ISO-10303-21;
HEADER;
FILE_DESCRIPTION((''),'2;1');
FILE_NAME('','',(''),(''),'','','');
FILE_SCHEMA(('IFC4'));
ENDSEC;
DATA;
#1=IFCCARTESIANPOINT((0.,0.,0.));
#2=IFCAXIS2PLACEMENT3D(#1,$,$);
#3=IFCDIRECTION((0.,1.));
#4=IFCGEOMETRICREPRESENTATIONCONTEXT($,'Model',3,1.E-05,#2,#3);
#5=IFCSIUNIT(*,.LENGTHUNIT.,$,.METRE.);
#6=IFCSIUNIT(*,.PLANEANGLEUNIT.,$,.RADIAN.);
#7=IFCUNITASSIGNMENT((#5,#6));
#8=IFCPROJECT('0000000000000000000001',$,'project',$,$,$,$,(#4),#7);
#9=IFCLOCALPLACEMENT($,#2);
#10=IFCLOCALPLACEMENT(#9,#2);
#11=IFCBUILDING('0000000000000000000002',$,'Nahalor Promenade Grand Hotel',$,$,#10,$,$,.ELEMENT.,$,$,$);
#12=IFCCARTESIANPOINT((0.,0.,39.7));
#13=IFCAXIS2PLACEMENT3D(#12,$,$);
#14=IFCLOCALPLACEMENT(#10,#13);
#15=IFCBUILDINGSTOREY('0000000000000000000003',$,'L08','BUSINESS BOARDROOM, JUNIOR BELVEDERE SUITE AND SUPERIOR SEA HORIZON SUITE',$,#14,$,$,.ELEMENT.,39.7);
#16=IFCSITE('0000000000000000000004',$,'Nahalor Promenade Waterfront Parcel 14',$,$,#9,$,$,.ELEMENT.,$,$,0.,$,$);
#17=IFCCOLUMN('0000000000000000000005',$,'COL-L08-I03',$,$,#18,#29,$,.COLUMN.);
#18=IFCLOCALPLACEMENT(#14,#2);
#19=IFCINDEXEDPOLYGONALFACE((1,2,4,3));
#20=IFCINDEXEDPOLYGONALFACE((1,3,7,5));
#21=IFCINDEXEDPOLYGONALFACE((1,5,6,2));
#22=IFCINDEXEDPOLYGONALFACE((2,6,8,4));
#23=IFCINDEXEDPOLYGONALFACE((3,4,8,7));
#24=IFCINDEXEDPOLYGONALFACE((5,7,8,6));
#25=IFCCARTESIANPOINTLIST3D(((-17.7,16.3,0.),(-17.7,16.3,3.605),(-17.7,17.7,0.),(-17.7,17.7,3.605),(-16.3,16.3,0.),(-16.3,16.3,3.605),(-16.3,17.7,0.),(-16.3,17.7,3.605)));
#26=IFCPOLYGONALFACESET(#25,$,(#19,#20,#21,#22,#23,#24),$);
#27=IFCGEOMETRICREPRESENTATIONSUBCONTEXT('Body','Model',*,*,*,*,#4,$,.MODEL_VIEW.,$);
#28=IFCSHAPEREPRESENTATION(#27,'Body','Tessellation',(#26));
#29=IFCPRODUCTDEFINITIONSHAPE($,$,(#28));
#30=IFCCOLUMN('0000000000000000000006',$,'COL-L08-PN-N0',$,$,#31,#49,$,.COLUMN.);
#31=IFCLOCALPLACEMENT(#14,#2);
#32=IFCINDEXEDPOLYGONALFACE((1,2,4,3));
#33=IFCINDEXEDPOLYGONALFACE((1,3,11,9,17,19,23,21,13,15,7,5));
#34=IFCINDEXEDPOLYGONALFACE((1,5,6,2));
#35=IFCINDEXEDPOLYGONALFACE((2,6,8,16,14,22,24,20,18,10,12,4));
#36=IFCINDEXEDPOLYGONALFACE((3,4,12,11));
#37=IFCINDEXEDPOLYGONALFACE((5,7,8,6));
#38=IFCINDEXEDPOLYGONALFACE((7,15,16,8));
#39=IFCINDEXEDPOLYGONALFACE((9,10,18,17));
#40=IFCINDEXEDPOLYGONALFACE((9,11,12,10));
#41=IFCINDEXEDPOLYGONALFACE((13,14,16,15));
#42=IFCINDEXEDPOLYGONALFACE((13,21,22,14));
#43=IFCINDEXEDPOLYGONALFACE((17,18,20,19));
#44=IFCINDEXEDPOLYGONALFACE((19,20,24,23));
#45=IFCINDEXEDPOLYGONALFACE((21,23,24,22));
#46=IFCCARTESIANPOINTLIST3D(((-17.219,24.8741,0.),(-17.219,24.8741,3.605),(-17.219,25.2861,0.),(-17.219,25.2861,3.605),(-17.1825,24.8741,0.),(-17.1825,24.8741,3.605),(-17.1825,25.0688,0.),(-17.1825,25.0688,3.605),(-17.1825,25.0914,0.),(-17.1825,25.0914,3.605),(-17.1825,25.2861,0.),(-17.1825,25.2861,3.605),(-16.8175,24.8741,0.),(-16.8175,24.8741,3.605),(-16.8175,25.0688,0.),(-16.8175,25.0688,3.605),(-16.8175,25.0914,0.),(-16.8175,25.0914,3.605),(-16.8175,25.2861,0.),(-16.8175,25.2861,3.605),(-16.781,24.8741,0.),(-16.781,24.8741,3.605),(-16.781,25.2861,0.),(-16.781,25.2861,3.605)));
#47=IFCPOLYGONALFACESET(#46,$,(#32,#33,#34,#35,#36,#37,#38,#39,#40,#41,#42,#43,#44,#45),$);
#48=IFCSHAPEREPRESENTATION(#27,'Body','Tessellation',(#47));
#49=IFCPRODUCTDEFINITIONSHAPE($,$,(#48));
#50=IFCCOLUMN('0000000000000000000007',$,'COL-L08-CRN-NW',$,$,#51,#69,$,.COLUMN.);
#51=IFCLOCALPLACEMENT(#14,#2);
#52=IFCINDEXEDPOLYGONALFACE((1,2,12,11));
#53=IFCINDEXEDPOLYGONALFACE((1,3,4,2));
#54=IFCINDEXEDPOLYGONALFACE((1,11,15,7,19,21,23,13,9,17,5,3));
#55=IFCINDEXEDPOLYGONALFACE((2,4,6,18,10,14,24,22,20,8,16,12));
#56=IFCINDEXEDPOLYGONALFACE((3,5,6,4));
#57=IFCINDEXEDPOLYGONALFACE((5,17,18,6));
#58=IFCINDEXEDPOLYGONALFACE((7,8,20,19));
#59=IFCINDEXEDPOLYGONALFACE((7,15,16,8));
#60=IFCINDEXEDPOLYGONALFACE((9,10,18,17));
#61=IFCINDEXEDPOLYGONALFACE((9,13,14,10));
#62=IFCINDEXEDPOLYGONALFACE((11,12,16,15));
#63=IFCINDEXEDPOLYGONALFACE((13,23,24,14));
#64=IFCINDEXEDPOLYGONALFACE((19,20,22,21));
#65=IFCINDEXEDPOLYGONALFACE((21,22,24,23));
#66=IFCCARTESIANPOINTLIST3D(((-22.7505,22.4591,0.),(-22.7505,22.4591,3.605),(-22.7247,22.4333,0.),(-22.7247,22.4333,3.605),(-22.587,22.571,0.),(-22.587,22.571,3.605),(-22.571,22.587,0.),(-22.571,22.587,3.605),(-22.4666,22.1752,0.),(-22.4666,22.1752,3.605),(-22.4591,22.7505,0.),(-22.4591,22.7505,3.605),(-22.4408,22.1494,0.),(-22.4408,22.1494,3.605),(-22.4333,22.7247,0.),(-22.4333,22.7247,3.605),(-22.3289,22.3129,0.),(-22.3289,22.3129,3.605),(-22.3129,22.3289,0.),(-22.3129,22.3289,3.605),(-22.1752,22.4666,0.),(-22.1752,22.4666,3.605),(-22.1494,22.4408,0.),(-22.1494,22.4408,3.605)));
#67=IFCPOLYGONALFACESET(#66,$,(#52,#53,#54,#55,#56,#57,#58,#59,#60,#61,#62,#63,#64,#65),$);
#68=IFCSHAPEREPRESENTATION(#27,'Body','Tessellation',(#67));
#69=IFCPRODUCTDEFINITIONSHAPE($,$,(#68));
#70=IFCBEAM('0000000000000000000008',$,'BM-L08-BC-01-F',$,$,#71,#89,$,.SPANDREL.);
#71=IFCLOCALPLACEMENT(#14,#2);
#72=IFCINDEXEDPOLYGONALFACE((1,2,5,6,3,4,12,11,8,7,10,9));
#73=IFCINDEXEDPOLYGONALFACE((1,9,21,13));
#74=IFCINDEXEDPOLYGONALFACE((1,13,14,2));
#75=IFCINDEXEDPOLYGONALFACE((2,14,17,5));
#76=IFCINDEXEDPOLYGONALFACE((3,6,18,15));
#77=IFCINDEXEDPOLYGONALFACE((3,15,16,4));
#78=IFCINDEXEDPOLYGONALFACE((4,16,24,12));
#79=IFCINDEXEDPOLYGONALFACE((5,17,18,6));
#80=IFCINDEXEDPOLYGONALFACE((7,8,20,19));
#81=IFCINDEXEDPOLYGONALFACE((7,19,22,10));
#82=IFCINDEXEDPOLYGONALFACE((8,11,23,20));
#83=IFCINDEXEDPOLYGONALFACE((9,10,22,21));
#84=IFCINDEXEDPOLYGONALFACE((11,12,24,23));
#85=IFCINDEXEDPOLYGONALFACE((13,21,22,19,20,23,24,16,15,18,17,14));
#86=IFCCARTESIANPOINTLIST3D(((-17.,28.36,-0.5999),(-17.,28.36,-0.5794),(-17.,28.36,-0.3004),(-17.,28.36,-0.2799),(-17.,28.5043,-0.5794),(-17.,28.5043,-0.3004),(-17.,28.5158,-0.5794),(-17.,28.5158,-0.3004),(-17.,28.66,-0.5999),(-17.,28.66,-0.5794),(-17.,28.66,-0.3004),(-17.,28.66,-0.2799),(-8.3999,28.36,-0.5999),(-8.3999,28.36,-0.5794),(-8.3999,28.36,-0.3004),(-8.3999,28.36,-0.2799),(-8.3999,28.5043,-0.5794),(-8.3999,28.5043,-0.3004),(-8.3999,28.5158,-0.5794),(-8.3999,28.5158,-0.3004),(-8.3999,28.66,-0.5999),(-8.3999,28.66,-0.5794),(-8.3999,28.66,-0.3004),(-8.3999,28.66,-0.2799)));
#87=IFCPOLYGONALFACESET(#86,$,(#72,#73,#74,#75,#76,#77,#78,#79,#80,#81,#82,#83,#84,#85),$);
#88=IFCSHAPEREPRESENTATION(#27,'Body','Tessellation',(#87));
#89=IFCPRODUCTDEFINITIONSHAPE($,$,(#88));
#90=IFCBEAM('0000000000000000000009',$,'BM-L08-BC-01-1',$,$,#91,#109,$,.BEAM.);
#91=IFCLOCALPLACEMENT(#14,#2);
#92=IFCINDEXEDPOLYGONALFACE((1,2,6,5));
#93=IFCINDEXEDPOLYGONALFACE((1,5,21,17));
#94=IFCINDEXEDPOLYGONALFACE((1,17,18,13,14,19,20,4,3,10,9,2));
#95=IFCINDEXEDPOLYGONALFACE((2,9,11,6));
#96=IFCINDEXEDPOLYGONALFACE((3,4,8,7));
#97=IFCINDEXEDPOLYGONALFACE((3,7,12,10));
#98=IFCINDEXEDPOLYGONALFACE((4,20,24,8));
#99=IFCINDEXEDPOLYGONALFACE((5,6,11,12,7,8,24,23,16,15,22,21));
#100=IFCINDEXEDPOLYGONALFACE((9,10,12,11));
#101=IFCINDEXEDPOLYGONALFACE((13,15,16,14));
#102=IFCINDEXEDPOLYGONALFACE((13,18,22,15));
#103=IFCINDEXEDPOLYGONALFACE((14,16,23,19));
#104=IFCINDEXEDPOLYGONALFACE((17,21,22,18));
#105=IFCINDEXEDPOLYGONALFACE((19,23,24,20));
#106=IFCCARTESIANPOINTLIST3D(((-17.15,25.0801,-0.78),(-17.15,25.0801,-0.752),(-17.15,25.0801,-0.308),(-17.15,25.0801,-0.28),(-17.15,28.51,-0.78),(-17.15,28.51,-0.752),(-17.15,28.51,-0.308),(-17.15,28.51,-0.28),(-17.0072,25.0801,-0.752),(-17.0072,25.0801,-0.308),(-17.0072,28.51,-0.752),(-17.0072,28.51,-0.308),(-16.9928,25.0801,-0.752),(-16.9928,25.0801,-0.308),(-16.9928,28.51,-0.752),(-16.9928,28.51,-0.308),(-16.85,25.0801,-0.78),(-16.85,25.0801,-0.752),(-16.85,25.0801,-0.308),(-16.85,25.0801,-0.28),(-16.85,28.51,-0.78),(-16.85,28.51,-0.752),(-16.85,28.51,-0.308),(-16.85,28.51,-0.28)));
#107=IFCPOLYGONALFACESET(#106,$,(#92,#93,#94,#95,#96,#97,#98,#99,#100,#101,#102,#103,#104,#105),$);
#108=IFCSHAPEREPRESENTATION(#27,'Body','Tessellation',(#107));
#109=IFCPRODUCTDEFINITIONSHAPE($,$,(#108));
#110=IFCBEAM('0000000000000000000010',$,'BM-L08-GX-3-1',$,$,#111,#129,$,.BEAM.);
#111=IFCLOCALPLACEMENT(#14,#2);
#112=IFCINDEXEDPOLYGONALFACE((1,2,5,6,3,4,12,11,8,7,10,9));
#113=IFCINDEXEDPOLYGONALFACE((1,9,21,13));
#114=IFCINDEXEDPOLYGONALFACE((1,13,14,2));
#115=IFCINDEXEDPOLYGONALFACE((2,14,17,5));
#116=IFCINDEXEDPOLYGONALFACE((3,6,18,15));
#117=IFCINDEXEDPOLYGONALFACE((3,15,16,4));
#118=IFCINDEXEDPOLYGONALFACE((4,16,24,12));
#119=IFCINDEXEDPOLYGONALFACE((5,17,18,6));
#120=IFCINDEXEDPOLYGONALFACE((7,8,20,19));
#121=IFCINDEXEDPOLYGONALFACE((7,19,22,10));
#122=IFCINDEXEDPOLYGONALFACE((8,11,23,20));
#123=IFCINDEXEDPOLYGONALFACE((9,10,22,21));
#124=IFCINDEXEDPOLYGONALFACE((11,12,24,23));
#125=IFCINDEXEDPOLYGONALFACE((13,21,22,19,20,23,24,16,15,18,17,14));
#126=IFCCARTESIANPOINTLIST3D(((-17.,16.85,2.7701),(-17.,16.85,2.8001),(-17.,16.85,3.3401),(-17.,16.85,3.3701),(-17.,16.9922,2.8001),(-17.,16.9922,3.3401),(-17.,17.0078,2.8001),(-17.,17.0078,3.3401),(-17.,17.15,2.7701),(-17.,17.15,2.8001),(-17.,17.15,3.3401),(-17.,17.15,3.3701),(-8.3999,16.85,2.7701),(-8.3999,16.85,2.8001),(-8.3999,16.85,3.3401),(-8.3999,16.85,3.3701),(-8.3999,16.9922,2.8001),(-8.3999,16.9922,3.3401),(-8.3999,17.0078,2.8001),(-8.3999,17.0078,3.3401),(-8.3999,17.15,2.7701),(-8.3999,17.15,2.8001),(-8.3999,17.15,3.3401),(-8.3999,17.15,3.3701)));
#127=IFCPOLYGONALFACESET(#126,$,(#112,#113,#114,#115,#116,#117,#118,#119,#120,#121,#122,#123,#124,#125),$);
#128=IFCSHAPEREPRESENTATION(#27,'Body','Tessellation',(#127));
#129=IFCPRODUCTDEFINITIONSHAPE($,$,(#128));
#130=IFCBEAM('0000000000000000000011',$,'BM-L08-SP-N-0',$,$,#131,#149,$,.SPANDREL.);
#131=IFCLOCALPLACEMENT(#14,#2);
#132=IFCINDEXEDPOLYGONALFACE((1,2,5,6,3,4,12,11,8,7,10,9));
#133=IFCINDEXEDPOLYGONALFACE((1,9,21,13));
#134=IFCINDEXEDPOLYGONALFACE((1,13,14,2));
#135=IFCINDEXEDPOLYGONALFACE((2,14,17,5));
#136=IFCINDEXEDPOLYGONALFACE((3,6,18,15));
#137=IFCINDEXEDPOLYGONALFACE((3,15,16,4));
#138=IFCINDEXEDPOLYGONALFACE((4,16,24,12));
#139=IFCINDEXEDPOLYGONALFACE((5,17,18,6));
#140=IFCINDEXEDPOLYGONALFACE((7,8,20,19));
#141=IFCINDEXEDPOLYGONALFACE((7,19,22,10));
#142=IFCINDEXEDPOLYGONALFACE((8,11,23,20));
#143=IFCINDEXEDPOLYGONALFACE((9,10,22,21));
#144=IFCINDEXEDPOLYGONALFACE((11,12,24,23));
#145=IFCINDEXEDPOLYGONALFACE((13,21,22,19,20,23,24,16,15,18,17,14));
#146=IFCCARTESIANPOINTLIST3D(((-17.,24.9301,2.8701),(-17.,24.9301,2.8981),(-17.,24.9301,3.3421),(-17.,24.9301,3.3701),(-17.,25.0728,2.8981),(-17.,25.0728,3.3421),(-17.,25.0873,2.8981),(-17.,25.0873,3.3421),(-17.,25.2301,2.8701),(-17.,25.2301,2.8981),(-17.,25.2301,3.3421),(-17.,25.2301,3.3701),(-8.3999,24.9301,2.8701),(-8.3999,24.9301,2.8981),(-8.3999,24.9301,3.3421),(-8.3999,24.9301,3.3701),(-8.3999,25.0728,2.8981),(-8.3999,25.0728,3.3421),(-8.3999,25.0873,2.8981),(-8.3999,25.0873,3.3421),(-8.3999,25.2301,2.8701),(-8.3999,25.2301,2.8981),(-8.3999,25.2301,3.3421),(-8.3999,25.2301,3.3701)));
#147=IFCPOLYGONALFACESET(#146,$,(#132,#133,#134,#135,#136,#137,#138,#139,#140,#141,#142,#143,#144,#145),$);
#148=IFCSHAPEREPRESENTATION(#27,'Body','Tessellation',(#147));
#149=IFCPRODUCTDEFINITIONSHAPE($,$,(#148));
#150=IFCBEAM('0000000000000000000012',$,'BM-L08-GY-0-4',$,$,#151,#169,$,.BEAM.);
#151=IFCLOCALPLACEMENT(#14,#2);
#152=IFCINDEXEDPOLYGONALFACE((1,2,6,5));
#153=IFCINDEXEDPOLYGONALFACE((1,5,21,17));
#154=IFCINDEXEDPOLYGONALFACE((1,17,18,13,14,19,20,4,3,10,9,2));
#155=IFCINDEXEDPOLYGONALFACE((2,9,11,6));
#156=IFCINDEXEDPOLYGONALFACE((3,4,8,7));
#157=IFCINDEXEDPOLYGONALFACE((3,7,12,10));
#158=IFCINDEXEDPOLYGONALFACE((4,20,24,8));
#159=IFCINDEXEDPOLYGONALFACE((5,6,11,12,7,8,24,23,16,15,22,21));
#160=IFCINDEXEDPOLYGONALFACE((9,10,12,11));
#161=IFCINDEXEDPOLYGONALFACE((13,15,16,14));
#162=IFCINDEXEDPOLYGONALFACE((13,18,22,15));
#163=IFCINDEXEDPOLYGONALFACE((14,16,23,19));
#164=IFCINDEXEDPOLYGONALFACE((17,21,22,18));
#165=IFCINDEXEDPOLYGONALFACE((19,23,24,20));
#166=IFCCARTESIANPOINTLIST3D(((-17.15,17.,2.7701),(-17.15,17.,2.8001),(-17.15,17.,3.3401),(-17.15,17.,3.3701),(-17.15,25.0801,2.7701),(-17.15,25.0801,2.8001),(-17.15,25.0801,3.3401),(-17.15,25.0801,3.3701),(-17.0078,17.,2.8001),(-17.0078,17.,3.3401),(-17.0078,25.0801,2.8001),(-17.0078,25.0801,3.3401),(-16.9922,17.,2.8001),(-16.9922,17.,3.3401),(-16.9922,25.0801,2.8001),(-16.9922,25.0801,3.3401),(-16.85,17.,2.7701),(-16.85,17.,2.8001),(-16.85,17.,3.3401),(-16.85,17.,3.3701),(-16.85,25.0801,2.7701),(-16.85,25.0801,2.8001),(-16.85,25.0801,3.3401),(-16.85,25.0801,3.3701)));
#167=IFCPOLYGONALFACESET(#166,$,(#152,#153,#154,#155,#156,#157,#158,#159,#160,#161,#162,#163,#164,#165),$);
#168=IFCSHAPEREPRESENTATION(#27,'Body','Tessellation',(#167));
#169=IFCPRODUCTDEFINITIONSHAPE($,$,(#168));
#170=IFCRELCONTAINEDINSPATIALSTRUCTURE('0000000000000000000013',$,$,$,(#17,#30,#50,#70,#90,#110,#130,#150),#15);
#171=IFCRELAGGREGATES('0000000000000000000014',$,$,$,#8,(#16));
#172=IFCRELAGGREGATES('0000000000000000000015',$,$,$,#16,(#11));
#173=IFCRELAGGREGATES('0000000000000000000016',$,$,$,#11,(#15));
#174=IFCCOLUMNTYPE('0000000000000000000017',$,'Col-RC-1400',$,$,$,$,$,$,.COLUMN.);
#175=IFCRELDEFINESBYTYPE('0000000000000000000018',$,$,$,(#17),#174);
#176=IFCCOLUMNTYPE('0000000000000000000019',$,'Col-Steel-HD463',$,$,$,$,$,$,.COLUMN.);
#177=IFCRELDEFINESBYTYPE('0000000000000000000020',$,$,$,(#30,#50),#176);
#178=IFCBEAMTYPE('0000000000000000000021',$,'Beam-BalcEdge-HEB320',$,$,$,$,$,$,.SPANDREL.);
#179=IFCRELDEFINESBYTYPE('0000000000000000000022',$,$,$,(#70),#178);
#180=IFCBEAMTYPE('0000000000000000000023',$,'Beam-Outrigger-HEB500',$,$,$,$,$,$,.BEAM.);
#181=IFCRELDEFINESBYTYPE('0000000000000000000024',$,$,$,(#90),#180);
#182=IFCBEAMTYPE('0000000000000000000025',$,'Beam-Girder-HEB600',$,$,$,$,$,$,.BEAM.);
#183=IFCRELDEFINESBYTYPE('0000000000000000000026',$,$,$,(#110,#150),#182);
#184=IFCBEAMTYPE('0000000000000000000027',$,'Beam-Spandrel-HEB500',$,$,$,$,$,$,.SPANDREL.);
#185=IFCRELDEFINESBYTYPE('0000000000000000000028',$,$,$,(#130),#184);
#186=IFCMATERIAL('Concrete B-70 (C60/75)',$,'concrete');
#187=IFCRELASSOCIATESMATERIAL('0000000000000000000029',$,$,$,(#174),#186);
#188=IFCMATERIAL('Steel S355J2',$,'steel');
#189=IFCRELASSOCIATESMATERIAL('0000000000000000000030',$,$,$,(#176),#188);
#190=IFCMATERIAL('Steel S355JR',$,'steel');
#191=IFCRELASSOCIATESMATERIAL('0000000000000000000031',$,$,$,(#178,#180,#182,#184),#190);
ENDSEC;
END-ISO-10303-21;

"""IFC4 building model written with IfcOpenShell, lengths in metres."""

from ifc_helpers import new_model, si_unit, direction, frame, origin, origin_2d, place, context, subcontext, project, spatial, rectangle, i_section, extrude, source, transform, mapped, material, material_profile, profile_set, type_object, element, save


model = new_model("IFC4")

# Units and contexts
model_context = context("Model", 3, precision=1e-05, world=origin(), true_north=direction((0.0, 1.0)))
body_context = subcontext(model_context, "Body", "Model", "MODEL_VIEW")
ifc_project = project(units=[si_unit("LENGTHUNIT", "METRE"), si_unit("PLANEANGLEUNIT", "RADIAN")], contexts=[model_context])

# Site, building, storey
site_placement = place(None, origin())
site = spatial("IfcSite", under=ifc_project, at=site_placement, Name="Nahalor Promenade Waterfront Parcel 14", CompositionType="ELEMENT", RefElevation=0.0)
building_placement = place(site_placement, origin())
building = spatial("IfcBuilding", under=site, at=building_placement, Name="Nahalor Promenade Grand Hotel", CompositionType="ELEMENT")
storey_placement = place(building_placement, frame((0.0, 0.0, 39.7)))
storey = spatial("IfcBuildingStorey", under=building, at=storey_placement, Name="L08", Description="BUSINESS BOARDROOM, JUNIOR BELVEDERE SUITE AND SUPERIOR SEA HORIZON SUITE", CompositionType="ELEMENT", Elevation=39.7)

# Columns
ifc_material_1 = material(Name="Concrete B-70 (C60/75)", Category="concrete")
ifc_material_profile_1 = material_profile(ifc_material_1, rectangle(XDim=1.4, YDim=1.4, at=origin_2d()), Name="RC 1400x1400")
ifc_profile_set_1 = profile_set([ifc_material_profile_1], Name="Concrete B-70 (C60/75)")
column_type_1 = type_object("IfcColumnType", Name="Col-RC-1400", PredefinedType="COLUMN", material=ifc_profile_set_1)
shared_shape_1 = source(origin(), body_context, "Body", "SweptSolid", [
    extrude(rectangle(XDim=1.4, YDim=1.4, at=origin_2d()), origin(), (0.0, 0.0, 1.0), 3.605),
])
column_placement = place(storey_placement, frame((-17.0, 17.0, 0.0), z_axis=(0.0, 0.0, 1.0), x_axis=(1.0, 0.0, 0.0)))
element("IfcColumn", 1, at=column_placement, inside=storey, type_object=column_type_1, Name="COL-L08-I03", PredefinedType="COLUMN", context=body_context, shape_type="MappedRepresentation", body=[
    mapped(shared_shape_1, transform((0.0, 0.0, 0.0), scale=1.0)),
])
ifc_material_2 = material(Name="Steel S355J2", Category="steel")
ifc_material_profile_2 = material_profile(ifc_material_2, i_section(OverallWidth=0.412, OverallDepth=0.438, WebThickness=0.0226, FlangeThickness=0.0365, at=origin_2d()), Name="HD 400x463")
ifc_profile_set_2 = profile_set([ifc_material_profile_2], Name="Steel S355J2")
column_type_2 = type_object("IfcColumnType", Name="Col-Steel-HD463", PredefinedType="COLUMN", material=ifc_profile_set_2)
shared_shape_2 = source(origin(), body_context, "Body", "SweptSolid", [
    extrude(i_section(OverallWidth=0.412, OverallDepth=0.438, WebThickness=0.0226, FlangeThickness=0.0365, at=origin_2d()), origin(), (0.0, 0.0, 1.0), 3.605),
])
for number, where, z_axis, x_axis, name in (
    (2, (-17.0, 25.0801, 0.0), (0.0, 0.0, 1.0), (0.0, 1.0, 0.0), "COL-L08-PN-N0"),
    (3, (-22.45, 22.45, 0.0), (0.0, 0.0, 1.0), (0.707107, 0.707107, 0.0), "COL-L08-CRN-NW"),
):
    element("IfcColumn", number, at=place(storey_placement, frame(where, z_axis=z_axis, x_axis=x_axis)), inside=storey, type_object=column_type_2, Name=name, PredefinedType="COLUMN", context=body_context, shape_type="MappedRepresentation", body=[
        mapped(shared_shape_2, transform((0.0, 0.0, 0.0), scale=1.0)),
    ])

# Beams
ifc_material_3 = material(Name="Steel S355JR", Category="steel")
ifc_material_profile_3 = material_profile(ifc_material_3, i_section(OverallWidth=0.3, OverallDepth=0.32, WebThickness=0.0115, FlangeThickness=0.0205, at=origin_2d()), Name="HEB 320")
ifc_profile_set_3 = profile_set([ifc_material_profile_3], Name="Steel S355JR")
beam_type_1 = type_object("IfcBeamType", Name="Beam-BalcEdge-HEB320", PredefinedType="SPANDREL", material=ifc_profile_set_3)
shared_shape_3 = source(origin(), body_context, "Body", "SweptSolid", [
    extrude(i_section(OverallWidth=0.3, OverallDepth=0.32, WebThickness=0.0115, FlangeThickness=0.0205, at=origin_2d()), origin(), (0.0, 0.0, 1.0), 8.6001),
])
beam_1_placement = place(storey_placement, frame((-17.0, 28.51, -0.4399), z_axis=(1.0, 0.0, 0.0), x_axis=(0.0, 1.0, 0.0)))
element("IfcBeam", 4, at=beam_1_placement, inside=storey, type_object=beam_type_1, Name="BM-L08-BC-01-F", PredefinedType="SPANDREL", context=body_context, shape_type="MappedRepresentation", body=[
    mapped(shared_shape_3, transform((0.0, 0.0, 0.0), scale=1.0)),
])
ifc_material_profile_4 = material_profile(ifc_material_3, i_section(OverallWidth=0.3, OverallDepth=0.5, WebThickness=0.0145, FlangeThickness=0.028, at=origin_2d()), Name="HEB 500")
ifc_profile_set_4 = profile_set([ifc_material_profile_4], Name="Steel S355JR")
beam_type_2 = type_object("IfcBeamType", Name="Beam-Outrigger-HEB500", PredefinedType="BEAM", material=ifc_profile_set_4)
shared_shape_4 = source(origin(), body_context, "Body", "SweptSolid", [
    extrude(i_section(OverallWidth=0.3, OverallDepth=0.5, WebThickness=0.0145, FlangeThickness=0.028, at=origin_2d()), origin(), (0.0, 0.0, 1.0), 3.4299),
])
beam_2_placement = place(storey_placement, frame((-17.0, 25.0801, -0.53), z_axis=(0.0, 1.0, 0.0), x_axis=(-1.0, 0.0, 0.0)))
element("IfcBeam", 5, at=beam_2_placement, inside=storey, type_object=beam_type_2, Name="BM-L08-BC-01-1", PredefinedType="BEAM", context=body_context, shape_type="MappedRepresentation", body=[
    mapped(shared_shape_4, transform((0.0, 0.0, 0.0), scale=1.0)),
])
ifc_material_profile_5 = material_profile(ifc_material_3, i_section(OverallWidth=0.3, OverallDepth=0.6, WebThickness=0.0155, FlangeThickness=0.03, at=origin_2d()), Name="HEB 600")
ifc_profile_set_5 = profile_set([ifc_material_profile_5], Name="Steel S355JR")
beam_type_3 = type_object("IfcBeamType", Name="Beam-Girder-HEB600", PredefinedType="BEAM", material=ifc_profile_set_5)
shared_shape_5 = source(origin(), body_context, "Body", "SweptSolid", [
    extrude(i_section(OverallWidth=0.3, OverallDepth=0.6, WebThickness=0.0155, FlangeThickness=0.03, at=origin_2d()), origin(), (0.0, 0.0, 1.0), 8.6001),
])
beam_3_placement = place(storey_placement, frame((-17.0, 17.0, 3.0701), z_axis=(1.0, 0.0, 0.0), x_axis=(0.0, 1.0, 0.0)))
element("IfcBeam", 6, at=beam_3_placement, inside=storey, type_object=beam_type_3, Name="BM-L08-GX-3-1", PredefinedType="BEAM", context=body_context, shape_type="MappedRepresentation", body=[
    mapped(shared_shape_5, transform((0.0, 0.0, 0.0), scale=1.0)),
])
ifc_material_profile_6 = material_profile(ifc_material_3, i_section(OverallWidth=0.3, OverallDepth=0.5, WebThickness=0.0145, FlangeThickness=0.028, at=origin_2d()), Name="HEB 500")
ifc_profile_set_6 = profile_set([ifc_material_profile_6], Name="Steel S355JR")
beam_type_4 = type_object("IfcBeamType", Name="Beam-Spandrel-HEB500", PredefinedType="SPANDREL", material=ifc_profile_set_6)
shared_shape_6 = source(origin(), body_context, "Body", "SweptSolid", [
    extrude(i_section(OverallWidth=0.3, OverallDepth=0.5, WebThickness=0.0145, FlangeThickness=0.028, at=origin_2d()), origin(), (0.0, 0.0, 1.0), 8.6001),
])
beam_4_placement = place(storey_placement, frame((-17.0, 25.0801, 3.1201), z_axis=(1.0, 0.0, 0.0), x_axis=(0.0, 1.0, 0.0)))
element("IfcBeam", 7, at=beam_4_placement, inside=storey, type_object=beam_type_4, Name="BM-L08-SP-N-0", PredefinedType="SPANDREL", context=body_context, shape_type="MappedRepresentation", body=[
    mapped(shared_shape_6, transform((0.0, 0.0, 0.0), scale=1.0)),
])
shared_shape_7 = source(origin(), body_context, "Body", "SweptSolid", [
    extrude(i_section(OverallWidth=0.3, OverallDepth=0.6, WebThickness=0.0155, FlangeThickness=0.03, at=origin_2d()), origin(), (0.0, 0.0, 1.0), 8.0801),
])
beam_5_placement = place(storey_placement, frame((-17.0, 17.0, 3.0701), z_axis=(0.0, 1.0, 0.0), x_axis=(-1.0, 0.0, 0.0)))
element("IfcBeam", 8, at=beam_5_placement, inside=storey, type_object=beam_type_3, Name="BM-L08-GY-0-4", PredefinedType="BEAM", context=body_context, shape_type="MappedRepresentation", body=[
    mapped(shared_shape_7, transform((0.0, 0.0, 0.0), scale=1.0)),
])

save(model, "model.ifc")
